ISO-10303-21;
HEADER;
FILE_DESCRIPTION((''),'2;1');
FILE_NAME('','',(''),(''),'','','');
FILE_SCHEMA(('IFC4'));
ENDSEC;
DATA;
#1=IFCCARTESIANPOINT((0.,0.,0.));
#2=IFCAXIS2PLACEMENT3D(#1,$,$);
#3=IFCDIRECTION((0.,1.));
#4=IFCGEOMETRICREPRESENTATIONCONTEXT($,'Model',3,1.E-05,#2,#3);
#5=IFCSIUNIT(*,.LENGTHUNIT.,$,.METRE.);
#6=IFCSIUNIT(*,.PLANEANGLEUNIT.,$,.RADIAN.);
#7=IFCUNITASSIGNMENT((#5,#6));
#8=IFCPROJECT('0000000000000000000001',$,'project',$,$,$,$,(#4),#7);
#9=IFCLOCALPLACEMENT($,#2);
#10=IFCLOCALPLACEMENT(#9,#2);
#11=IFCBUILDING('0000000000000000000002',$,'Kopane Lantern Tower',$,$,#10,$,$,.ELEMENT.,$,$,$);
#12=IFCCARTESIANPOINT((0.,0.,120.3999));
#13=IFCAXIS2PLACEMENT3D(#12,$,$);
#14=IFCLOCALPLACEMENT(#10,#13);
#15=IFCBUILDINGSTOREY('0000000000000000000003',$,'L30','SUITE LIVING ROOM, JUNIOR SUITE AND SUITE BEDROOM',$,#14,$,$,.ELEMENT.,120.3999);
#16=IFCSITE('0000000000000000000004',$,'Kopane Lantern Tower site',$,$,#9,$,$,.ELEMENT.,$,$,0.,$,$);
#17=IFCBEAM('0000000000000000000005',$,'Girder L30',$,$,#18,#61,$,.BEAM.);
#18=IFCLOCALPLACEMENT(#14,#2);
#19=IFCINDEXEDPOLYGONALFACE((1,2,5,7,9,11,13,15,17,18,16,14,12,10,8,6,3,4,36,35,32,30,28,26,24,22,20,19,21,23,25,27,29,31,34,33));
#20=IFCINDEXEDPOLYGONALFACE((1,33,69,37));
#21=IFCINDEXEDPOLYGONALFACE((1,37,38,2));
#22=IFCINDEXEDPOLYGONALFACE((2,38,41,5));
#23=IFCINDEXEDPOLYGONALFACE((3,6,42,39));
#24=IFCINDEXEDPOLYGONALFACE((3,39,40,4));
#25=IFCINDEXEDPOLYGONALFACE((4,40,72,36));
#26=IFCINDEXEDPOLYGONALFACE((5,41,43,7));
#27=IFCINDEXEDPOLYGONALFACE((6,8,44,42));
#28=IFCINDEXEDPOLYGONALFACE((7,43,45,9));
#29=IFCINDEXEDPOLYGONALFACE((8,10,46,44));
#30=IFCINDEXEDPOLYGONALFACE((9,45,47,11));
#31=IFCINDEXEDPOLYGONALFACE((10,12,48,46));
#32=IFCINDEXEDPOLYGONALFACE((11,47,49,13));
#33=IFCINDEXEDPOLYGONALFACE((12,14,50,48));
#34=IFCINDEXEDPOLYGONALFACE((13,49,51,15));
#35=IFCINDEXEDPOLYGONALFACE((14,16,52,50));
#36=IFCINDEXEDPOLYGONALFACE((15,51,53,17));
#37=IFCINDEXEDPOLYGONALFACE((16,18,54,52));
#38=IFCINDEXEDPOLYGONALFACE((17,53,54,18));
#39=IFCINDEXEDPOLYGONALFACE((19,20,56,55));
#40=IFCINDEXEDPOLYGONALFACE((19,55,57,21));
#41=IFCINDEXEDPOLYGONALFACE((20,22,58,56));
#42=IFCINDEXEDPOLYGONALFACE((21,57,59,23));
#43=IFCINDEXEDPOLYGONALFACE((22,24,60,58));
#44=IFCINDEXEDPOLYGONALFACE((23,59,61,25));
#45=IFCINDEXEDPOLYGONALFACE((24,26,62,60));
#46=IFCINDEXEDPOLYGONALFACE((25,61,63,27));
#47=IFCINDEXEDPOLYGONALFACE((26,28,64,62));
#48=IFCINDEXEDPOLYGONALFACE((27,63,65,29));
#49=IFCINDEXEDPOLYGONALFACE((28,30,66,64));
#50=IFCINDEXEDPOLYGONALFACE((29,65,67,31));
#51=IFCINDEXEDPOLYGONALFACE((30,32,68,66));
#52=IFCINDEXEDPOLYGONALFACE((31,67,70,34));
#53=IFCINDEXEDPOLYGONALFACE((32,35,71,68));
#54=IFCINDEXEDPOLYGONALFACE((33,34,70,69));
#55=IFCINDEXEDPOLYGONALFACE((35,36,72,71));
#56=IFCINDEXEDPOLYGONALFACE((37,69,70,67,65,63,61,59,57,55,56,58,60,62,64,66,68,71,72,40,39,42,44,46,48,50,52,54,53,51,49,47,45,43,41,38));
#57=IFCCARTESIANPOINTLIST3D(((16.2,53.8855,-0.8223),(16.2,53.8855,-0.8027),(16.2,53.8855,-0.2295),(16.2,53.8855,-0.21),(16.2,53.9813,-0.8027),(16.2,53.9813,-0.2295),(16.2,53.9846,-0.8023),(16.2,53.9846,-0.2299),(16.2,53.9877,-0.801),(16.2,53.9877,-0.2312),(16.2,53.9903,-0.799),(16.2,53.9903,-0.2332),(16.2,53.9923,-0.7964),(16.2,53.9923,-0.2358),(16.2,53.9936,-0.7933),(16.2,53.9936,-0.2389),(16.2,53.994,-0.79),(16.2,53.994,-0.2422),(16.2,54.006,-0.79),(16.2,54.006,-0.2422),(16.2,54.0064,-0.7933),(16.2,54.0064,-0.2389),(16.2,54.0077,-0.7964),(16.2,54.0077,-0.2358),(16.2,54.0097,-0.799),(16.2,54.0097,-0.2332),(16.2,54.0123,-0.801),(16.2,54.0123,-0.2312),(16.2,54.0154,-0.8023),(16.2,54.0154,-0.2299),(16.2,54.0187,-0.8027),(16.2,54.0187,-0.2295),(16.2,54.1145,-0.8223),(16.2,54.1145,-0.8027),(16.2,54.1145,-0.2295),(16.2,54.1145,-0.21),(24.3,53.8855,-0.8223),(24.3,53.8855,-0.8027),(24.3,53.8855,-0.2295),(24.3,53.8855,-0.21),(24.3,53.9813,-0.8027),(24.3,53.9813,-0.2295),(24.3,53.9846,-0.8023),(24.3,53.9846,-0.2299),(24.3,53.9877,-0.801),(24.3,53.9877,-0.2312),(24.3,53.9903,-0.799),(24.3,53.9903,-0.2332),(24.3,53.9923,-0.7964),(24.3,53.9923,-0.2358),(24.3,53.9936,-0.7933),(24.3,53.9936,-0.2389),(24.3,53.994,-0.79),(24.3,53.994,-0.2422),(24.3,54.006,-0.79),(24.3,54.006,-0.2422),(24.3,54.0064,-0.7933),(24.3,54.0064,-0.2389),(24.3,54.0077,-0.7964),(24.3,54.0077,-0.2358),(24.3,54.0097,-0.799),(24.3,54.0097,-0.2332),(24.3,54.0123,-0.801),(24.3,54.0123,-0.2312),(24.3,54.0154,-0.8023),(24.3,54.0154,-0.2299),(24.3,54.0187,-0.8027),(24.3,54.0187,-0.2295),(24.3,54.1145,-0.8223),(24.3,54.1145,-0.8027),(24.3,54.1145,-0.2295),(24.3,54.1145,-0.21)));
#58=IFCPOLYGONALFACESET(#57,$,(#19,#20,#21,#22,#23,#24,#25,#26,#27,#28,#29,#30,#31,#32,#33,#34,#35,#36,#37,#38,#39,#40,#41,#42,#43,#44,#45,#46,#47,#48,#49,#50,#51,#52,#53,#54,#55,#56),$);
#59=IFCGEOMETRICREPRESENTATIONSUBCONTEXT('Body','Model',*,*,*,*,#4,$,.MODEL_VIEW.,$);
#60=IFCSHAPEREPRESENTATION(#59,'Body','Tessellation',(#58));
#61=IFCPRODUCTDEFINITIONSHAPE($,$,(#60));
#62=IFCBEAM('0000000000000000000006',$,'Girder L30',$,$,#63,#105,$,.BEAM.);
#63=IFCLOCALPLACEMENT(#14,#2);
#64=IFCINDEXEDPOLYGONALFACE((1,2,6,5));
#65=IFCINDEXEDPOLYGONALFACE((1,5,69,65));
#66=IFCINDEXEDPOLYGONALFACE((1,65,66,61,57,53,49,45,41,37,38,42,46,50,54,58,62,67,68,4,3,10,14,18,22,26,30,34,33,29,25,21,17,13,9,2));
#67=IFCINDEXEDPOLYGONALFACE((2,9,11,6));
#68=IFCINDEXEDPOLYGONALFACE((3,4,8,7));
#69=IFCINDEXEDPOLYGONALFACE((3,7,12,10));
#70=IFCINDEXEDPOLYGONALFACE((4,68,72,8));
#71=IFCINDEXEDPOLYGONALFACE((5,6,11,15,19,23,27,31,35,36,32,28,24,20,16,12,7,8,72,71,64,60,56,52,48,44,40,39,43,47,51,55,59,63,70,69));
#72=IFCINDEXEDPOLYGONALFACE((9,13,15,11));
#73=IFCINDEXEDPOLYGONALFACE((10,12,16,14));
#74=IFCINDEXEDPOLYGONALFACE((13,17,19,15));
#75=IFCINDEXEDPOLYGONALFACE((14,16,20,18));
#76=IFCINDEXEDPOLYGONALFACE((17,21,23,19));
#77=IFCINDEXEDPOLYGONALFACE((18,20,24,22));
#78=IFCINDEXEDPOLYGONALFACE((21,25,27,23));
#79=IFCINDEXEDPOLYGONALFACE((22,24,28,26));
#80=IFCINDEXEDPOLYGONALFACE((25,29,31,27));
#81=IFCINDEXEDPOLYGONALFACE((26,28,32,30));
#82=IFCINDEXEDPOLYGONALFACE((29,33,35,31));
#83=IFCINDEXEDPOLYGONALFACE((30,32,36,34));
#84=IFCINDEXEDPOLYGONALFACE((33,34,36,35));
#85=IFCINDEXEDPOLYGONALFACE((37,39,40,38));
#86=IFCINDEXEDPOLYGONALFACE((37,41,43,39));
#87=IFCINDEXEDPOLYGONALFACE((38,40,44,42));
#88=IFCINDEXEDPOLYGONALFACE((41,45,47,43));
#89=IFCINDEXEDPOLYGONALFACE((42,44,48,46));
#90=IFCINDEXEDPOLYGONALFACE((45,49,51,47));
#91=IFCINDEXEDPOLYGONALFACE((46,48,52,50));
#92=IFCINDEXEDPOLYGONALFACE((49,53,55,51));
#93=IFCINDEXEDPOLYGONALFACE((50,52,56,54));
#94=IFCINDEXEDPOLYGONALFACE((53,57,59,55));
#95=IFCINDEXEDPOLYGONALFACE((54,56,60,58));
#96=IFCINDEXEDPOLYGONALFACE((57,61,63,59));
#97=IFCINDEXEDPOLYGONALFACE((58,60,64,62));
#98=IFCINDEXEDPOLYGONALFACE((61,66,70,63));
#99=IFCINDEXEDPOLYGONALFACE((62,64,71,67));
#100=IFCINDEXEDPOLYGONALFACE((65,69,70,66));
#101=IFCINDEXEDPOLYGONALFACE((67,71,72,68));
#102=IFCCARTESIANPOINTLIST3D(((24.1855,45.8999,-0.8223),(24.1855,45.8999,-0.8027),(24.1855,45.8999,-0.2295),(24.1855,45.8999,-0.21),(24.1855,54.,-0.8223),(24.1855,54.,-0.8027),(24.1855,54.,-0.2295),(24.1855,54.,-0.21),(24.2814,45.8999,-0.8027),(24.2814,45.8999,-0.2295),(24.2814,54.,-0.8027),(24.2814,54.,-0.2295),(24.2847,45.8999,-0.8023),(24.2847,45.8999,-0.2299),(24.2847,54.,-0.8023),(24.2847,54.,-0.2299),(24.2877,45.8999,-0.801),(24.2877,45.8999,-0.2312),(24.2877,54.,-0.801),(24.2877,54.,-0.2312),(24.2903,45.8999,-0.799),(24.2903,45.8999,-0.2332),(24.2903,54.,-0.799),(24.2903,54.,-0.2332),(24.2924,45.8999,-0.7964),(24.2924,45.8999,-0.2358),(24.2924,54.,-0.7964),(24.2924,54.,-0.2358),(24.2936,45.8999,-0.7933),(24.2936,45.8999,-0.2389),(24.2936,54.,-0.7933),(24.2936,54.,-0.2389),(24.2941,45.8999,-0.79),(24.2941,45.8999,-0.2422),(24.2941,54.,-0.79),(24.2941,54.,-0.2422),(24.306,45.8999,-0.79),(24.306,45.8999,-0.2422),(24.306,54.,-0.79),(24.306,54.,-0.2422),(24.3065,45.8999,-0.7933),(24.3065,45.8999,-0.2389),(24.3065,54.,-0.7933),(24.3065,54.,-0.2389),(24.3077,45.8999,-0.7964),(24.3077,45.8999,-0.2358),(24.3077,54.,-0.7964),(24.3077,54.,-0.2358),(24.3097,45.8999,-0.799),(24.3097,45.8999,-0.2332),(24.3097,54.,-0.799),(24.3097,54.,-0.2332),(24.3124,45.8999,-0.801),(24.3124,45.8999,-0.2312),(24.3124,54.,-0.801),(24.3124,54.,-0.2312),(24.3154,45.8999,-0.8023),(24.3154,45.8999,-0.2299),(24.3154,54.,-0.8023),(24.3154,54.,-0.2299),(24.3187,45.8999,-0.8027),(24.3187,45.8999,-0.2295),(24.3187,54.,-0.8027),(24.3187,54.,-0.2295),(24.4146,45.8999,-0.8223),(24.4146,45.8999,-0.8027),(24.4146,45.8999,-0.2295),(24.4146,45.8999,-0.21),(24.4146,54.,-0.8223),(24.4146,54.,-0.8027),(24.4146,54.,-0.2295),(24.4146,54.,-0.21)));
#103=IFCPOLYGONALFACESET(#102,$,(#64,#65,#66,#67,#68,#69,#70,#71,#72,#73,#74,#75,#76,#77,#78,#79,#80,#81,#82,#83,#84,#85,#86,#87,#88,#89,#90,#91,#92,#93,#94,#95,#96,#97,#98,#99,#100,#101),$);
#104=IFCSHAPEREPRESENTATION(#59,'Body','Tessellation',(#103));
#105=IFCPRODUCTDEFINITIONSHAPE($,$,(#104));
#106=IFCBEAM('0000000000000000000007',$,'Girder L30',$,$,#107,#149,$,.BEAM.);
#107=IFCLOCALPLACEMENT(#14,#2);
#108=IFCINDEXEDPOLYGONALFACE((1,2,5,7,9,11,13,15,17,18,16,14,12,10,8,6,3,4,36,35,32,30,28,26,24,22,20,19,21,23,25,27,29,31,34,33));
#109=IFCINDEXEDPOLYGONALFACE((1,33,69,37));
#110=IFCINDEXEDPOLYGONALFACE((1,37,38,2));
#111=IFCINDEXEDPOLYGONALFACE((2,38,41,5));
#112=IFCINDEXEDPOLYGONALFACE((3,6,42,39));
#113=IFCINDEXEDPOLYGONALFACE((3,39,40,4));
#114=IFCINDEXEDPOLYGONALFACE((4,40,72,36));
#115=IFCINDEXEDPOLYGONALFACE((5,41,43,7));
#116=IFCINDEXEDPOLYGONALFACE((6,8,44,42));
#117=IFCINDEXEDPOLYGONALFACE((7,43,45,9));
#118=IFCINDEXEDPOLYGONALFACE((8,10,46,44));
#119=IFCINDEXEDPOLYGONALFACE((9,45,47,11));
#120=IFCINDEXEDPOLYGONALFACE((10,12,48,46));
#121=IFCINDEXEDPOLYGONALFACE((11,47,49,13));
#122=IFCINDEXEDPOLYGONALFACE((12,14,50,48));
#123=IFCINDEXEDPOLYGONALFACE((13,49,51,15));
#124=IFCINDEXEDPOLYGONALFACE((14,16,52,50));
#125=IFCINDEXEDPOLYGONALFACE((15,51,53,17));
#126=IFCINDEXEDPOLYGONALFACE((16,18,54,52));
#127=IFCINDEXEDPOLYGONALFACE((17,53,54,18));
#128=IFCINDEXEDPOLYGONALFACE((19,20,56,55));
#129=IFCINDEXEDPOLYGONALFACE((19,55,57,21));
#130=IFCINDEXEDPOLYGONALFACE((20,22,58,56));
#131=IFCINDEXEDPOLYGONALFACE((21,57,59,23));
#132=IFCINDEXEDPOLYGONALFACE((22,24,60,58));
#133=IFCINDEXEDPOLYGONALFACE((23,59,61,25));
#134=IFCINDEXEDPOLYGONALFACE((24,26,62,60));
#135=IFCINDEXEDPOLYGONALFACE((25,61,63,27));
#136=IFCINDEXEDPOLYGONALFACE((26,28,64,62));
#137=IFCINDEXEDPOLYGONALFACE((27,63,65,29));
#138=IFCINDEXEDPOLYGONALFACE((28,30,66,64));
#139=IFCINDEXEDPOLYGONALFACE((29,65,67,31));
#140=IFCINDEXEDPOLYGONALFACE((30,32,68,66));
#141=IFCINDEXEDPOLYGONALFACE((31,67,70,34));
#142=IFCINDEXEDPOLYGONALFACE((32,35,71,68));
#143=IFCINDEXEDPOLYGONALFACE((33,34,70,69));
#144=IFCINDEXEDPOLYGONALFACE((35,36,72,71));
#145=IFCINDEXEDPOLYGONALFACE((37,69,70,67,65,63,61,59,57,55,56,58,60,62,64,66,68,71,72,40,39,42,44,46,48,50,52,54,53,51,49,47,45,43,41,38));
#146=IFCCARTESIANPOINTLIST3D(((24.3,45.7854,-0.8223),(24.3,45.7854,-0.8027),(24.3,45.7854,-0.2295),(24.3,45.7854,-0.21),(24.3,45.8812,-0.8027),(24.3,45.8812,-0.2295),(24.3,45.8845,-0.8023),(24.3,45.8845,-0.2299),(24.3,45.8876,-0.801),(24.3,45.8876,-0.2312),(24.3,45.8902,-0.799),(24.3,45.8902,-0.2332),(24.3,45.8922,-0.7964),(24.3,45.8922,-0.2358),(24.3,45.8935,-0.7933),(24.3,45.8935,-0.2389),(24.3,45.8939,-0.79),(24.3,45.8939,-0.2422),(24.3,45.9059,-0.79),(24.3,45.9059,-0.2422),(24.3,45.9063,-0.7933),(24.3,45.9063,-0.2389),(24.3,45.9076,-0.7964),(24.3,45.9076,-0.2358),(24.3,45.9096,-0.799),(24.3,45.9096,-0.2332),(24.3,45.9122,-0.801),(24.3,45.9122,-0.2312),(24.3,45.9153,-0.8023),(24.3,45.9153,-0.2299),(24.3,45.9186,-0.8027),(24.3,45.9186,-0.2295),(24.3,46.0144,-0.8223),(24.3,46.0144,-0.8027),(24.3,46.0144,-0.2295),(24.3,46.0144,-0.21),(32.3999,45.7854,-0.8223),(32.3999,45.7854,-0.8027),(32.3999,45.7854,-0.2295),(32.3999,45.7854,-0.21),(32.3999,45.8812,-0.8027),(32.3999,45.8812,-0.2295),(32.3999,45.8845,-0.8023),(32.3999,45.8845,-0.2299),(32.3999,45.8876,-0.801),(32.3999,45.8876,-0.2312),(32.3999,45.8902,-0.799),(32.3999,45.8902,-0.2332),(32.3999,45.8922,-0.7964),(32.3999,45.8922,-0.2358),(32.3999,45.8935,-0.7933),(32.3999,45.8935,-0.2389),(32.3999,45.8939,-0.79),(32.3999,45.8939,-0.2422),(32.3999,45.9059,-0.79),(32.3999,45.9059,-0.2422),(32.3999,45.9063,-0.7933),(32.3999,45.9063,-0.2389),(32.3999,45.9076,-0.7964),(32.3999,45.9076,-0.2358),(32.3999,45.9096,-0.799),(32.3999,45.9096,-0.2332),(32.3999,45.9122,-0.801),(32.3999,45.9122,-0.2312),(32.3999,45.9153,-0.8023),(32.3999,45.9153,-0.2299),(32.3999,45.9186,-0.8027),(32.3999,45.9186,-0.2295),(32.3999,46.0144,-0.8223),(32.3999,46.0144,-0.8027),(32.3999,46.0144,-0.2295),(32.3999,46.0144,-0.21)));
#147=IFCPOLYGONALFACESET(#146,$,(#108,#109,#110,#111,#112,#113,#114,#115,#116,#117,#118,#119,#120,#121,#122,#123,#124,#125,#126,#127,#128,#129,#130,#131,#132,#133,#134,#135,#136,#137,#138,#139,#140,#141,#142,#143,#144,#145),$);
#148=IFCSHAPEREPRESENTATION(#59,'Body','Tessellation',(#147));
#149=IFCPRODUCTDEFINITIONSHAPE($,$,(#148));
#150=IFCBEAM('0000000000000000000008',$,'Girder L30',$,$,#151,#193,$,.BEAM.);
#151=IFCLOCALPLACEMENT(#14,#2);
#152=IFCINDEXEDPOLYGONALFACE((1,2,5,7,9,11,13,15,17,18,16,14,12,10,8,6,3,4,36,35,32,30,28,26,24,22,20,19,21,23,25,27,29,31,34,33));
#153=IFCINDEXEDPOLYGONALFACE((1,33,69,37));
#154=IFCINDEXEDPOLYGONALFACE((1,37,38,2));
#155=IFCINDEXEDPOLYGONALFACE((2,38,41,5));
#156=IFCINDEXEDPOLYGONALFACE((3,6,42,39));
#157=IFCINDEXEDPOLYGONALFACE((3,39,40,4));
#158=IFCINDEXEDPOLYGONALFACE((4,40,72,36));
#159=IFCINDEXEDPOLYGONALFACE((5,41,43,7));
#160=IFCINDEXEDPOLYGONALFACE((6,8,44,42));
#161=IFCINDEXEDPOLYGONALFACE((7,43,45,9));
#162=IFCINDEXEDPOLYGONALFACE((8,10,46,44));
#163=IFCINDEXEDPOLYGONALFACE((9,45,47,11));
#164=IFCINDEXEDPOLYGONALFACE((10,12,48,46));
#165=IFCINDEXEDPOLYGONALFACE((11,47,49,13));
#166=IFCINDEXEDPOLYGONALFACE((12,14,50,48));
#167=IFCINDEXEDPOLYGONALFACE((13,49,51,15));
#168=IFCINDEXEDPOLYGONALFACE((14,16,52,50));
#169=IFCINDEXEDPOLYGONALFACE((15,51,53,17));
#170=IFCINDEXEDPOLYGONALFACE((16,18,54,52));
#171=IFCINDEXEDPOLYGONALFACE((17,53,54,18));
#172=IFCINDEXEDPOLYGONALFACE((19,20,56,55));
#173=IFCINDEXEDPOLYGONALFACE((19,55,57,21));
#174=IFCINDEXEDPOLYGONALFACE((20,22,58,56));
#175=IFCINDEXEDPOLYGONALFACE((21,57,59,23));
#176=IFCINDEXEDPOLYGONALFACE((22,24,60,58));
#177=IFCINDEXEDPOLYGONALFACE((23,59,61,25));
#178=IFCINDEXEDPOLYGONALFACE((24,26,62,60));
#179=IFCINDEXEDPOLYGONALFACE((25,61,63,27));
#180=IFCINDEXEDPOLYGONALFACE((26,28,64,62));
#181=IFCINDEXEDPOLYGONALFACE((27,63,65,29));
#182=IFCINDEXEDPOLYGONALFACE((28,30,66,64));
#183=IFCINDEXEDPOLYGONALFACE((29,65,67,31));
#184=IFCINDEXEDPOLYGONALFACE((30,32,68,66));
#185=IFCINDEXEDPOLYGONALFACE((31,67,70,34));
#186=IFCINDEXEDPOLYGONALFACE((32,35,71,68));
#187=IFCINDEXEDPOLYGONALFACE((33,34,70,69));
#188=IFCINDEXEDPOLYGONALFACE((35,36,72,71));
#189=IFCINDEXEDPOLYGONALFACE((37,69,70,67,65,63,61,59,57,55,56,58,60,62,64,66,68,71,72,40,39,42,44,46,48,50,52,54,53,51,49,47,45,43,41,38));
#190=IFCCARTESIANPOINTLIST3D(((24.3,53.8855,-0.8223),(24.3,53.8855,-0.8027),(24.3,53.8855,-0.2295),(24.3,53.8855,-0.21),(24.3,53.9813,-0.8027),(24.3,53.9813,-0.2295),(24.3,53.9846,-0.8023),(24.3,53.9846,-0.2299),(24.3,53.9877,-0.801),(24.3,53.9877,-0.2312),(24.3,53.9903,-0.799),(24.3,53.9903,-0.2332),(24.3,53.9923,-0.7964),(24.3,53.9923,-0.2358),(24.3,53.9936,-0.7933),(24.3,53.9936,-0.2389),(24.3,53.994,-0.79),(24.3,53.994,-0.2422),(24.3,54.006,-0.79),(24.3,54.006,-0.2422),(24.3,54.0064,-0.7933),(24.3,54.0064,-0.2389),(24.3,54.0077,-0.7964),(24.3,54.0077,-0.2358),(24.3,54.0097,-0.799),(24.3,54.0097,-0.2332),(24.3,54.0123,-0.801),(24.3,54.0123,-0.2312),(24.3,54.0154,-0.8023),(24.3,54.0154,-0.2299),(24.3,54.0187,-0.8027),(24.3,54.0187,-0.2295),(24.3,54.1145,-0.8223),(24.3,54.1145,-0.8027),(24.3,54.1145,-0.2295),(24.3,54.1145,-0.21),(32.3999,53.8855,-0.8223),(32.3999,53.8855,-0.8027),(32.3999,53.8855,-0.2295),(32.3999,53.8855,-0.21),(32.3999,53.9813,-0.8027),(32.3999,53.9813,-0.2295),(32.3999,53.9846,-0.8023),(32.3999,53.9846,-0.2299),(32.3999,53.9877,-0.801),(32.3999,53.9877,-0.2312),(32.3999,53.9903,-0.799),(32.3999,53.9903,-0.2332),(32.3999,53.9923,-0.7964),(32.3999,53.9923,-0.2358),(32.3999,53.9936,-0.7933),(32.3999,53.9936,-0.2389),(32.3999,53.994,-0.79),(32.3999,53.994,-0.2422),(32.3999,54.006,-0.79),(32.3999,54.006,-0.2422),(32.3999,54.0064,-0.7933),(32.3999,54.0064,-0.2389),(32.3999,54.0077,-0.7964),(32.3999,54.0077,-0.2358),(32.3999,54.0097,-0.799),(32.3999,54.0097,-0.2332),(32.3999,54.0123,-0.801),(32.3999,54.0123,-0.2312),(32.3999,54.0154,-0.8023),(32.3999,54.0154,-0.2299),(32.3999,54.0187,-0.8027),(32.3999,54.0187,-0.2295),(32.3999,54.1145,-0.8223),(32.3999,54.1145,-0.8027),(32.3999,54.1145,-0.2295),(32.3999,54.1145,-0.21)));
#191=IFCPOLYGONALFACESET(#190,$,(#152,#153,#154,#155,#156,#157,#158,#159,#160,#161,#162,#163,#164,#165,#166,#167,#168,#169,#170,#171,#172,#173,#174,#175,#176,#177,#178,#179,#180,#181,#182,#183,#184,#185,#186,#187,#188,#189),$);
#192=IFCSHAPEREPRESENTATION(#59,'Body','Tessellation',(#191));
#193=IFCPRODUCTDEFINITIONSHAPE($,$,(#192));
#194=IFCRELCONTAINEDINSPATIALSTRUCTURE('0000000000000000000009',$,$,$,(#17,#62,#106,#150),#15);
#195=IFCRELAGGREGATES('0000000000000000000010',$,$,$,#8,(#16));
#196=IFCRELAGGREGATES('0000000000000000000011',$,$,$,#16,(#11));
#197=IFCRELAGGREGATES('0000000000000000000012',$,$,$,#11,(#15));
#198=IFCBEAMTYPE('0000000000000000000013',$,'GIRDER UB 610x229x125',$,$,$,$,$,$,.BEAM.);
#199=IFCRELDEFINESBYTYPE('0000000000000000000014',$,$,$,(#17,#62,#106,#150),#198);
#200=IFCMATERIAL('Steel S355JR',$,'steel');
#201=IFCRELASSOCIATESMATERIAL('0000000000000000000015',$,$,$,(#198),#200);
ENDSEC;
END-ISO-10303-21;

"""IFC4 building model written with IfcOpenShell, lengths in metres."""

from ifc_helpers import new_model, si_unit, direction, frame, origin, origin_2d, place, context, subcontext, project, spatial, i_section, extrude, material, material_profile, profile_set, type_object, element, save


model = new_model("IFC4")

# Units and contexts
model_context = context("Model", 3, precision=1e-05, world=origin(), true_north=direction((0.0, 1.0)))
body_context = subcontext(model_context, "Body", "Model", "MODEL_VIEW")
ifc_project = project(units=[si_unit("LENGTHUNIT", "METRE"), si_unit("PLANEANGLEUNIT", "RADIAN")], contexts=[model_context])

# Site, building, storey
site_placement = place(None, origin())
site = spatial("IfcSite", under=ifc_project, at=site_placement, Name="Kopane Lantern Tower site", CompositionType="ELEMENT", RefElevation=0.0)
building_placement = place(site_placement, origin())
building = spatial("IfcBuilding", under=site, at=building_placement, Name="Kopane Lantern Tower", CompositionType="ELEMENT")
storey_placement = place(building_placement, frame((0.0, 0.0, 120.3999)))
storey = spatial("IfcBuildingStorey", under=building, at=storey_placement, Name="L30", Description="SUITE LIVING ROOM, JUNIOR SUITE AND SUITE BEDROOM", CompositionType="ELEMENT", Elevation=120.3999)

# Beams
ifc_material_1 = material(Name="Steel S355JR", Category="steel")
ifc_material_profile_1 = material_profile(ifc_material_1, i_section(OverallWidth=0.229, OverallDepth=0.6123, WebThickness=0.012, FlangeThickness=0.0195, FilletRadius=0.0127, at=origin_2d()), Name="UB 610x229x125")
ifc_profile_set_1 = profile_set([ifc_material_profile_1], Name="Steel S355JR")
beam_type_1 = type_object("IfcBeamType", Name="GIRDER UB 610x229x125", PredefinedType="BEAM", material=ifc_profile_set_1)
for number, where, z_axis, x_axis, name in (
    (1, (16.2, 54.0, -0.5161), (1.0, 0.0, 0.0), (0.0, 1.0, 0.0), "Girder L30"),
    (2, (24.3, 45.8999, -0.5161), (0.0, 1.0, 0.0), (-1.0, 0.0, 0.0), "Girder L30"),
):
    element("IfcBeam", number, at=place(storey_placement, frame(where, z_axis=z_axis, x_axis=x_axis)), inside=storey, type_object=beam_type_1, Name=name, PredefinedType="BEAM", context=body_context, shape_type="SweptSolid", body=[
        extrude(i_section(OverallWidth=0.229, OverallDepth=0.6123, WebThickness=0.012, FlangeThickness=0.0195, FilletRadius=0.0127, at=origin_2d()), origin(), (0.0, 0.0, 1.0), 8.1001),
    ])
for number, where, z_axis, x_axis, name in (
    (3, (24.3, 45.8999, -0.5161), (1.0, 0.0, 0.0), (0.0, 1.0, 0.0), "Girder L30"),
    (4, (24.3, 54.0, -0.5161), (1.0, 0.0, 0.0), (0.0, 1.0, 0.0), "Girder L30"),
):
    element("IfcBeam", number, at=place(storey_placement, frame(where, z_axis=z_axis, x_axis=x_axis)), inside=storey, type_object=beam_type_1, Name=name, PredefinedType="BEAM", context=body_context, shape_type="SweptSolid", body=[
        extrude(i_section(OverallWidth=0.229, OverallDepth=0.6123, WebThickness=0.012, FlangeThickness=0.0195, FilletRadius=0.0127, at=origin_2d()), origin(), (0.0, 0.0, 1.0), 8.0999),
    ])

save(model, "model.ifc")
